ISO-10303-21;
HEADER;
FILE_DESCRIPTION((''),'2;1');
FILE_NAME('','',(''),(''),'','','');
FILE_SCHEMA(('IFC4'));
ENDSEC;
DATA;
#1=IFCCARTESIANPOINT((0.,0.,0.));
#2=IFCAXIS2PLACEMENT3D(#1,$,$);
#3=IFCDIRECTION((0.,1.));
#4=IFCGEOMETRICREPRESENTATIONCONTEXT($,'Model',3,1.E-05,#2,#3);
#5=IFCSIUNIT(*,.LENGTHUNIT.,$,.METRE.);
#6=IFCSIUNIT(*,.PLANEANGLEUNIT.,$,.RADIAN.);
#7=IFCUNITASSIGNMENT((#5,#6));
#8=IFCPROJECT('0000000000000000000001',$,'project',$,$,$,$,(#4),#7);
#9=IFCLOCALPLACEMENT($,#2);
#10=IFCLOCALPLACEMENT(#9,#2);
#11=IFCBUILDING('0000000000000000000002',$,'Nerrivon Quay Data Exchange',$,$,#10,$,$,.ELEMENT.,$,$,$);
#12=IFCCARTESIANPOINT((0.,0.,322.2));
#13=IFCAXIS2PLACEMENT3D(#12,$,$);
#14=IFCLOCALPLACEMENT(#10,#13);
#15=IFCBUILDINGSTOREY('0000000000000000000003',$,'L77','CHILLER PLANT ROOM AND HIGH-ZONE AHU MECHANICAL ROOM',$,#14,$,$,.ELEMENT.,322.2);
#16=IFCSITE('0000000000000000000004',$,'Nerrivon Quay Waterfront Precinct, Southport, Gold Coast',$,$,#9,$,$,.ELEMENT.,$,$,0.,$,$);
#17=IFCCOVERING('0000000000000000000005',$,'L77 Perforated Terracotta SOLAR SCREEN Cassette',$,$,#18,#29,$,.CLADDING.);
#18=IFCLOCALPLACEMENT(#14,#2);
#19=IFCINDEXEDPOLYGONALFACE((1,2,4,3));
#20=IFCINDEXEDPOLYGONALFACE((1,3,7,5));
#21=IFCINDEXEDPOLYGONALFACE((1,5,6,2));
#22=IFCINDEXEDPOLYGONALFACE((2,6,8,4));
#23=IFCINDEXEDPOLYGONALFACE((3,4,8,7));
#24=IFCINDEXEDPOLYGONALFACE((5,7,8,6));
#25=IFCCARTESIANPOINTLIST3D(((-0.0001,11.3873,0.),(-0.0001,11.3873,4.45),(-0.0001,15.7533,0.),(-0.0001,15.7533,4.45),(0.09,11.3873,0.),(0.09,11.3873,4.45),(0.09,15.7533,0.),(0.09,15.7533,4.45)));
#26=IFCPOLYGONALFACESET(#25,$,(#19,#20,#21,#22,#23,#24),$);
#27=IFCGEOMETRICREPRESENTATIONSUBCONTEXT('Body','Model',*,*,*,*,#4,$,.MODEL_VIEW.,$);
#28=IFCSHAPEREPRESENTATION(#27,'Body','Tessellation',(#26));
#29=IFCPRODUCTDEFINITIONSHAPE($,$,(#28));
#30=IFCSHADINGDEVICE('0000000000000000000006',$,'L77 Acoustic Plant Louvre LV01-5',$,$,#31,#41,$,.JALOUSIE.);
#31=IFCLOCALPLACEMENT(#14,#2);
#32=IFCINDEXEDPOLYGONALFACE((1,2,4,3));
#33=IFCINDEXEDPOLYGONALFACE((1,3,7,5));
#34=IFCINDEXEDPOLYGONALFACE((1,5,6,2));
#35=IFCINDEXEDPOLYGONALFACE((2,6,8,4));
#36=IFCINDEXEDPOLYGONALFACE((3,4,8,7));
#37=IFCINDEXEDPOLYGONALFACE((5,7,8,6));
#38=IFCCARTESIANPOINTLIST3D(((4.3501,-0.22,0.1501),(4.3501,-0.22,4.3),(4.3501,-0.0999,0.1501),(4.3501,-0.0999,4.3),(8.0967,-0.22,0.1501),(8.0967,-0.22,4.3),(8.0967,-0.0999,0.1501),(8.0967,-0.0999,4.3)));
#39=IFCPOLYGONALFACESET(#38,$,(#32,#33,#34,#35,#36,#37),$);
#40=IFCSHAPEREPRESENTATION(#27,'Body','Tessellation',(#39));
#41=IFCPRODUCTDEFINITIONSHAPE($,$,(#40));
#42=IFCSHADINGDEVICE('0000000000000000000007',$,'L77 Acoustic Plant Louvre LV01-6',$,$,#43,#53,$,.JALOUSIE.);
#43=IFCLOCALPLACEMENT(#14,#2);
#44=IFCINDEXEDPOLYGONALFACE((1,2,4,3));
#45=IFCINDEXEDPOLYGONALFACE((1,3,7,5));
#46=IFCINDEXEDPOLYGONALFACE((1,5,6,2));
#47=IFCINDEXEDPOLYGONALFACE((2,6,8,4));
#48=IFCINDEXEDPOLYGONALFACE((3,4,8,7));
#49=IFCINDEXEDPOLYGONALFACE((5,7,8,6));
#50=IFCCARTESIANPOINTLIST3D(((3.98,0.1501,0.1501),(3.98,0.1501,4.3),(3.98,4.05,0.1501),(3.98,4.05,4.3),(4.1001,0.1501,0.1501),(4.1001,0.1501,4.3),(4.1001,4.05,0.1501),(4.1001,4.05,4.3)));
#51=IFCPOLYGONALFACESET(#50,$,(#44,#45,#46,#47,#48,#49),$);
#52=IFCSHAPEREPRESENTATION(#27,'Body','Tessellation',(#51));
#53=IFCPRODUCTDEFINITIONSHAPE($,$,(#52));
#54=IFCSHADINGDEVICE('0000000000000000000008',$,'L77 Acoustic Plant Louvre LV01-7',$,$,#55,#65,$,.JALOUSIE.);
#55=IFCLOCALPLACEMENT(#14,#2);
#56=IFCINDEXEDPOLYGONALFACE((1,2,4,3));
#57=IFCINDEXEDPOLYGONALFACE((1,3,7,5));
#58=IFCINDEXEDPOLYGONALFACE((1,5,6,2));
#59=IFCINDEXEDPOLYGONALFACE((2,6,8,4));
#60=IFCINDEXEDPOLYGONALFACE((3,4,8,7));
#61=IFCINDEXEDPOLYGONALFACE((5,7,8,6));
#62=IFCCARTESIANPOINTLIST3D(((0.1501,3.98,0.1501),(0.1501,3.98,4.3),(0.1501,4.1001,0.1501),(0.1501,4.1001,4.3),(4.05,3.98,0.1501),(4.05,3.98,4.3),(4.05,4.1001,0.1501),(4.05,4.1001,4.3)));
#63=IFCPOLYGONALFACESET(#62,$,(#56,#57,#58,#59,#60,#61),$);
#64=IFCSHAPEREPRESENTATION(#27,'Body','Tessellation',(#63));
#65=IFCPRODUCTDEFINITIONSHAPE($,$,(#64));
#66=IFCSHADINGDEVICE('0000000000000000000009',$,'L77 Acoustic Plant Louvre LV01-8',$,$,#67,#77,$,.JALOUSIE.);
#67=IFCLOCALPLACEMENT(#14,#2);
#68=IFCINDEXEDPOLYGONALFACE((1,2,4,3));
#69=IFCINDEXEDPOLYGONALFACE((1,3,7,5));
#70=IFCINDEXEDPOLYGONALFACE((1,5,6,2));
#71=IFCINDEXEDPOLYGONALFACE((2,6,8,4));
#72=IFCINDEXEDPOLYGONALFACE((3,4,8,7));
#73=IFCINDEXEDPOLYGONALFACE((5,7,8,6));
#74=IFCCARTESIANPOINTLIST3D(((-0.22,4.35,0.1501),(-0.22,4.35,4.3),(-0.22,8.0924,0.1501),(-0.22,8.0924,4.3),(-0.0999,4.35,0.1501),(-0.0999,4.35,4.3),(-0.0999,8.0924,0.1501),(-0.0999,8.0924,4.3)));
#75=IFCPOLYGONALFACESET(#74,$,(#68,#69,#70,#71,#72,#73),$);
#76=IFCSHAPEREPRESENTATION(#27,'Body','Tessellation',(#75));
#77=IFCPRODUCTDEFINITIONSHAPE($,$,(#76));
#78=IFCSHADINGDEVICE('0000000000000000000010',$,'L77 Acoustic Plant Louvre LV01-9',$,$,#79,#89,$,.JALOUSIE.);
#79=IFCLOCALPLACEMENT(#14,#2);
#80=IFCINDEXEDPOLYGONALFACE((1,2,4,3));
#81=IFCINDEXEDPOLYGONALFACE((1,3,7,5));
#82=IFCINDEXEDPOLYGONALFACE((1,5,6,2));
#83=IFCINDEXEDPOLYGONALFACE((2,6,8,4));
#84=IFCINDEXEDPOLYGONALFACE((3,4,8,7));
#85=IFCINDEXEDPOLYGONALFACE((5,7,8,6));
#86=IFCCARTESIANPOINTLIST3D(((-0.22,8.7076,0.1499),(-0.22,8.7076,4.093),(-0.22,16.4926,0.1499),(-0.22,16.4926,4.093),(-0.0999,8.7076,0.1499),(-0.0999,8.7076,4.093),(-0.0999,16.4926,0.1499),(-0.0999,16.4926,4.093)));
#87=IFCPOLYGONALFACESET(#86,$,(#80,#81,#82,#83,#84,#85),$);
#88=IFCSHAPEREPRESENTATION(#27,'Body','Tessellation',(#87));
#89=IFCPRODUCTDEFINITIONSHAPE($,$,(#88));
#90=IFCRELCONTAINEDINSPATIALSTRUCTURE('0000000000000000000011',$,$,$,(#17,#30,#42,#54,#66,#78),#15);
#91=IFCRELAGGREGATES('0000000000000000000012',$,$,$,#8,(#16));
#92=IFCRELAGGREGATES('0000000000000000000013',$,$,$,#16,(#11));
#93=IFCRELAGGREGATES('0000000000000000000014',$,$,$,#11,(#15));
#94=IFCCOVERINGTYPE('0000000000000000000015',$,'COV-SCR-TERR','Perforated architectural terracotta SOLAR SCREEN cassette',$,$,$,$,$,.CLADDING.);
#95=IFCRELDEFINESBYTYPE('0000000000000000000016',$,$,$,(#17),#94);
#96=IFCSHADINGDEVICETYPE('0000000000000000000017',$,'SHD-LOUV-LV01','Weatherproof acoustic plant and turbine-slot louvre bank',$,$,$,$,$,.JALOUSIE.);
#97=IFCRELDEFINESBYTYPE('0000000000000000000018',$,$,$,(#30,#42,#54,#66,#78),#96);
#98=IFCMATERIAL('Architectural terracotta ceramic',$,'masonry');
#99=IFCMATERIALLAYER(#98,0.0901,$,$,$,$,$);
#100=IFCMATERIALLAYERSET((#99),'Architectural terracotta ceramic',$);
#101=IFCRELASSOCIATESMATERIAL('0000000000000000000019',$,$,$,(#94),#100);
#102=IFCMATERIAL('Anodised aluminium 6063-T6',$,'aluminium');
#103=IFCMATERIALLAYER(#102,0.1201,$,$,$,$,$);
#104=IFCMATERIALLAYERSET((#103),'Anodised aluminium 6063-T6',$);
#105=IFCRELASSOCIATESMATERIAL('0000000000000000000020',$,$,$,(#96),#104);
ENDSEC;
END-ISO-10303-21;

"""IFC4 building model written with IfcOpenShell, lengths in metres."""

from ifc_helpers import new_model, si_unit, direction, frame, origin, origin_2d, place, context, subcontext, project, spatial, rectangle, extrude, material, layer, layer_set, type_object, element, save


model = new_model("IFC4")

# Units and contexts
model_context = context("Model", 3, precision=1e-05, world=origin(), true_north=direction((0.0, 1.0)))
body_context = subcontext(model_context, "Body", "Model", "MODEL_VIEW")
ifc_project = project(units=[si_unit("LENGTHUNIT", "METRE"), si_unit("PLANEANGLEUNIT", "RADIAN")], contexts=[model_context])

# Site, building, storey
site_placement = place(None, origin())
site = spatial("IfcSite", under=ifc_project, at=site_placement, Name="Nerrivon Quay Waterfront Precinct, Southport, Gold Coast", CompositionType="ELEMENT", RefElevation=0.0)
building_placement = place(site_placement, origin())
building = spatial("IfcBuilding", under=site, at=building_placement, Name="Nerrivon Quay Data Exchange", CompositionType="ELEMENT")
storey_placement = place(building_placement, frame((0.0, 0.0, 322.2)))
storey = spatial("IfcBuildingStorey", under=building, at=storey_placement, Name="L77", Description="CHILLER PLANT ROOM AND HIGH-ZONE AHU MECHANICAL ROOM", CompositionType="ELEMENT", Elevation=322.2)

# Covering
ifc_material_1 = material(Name="Architectural terracotta ceramic", Category="masonry")
ifc_layer_1 = layer(ifc_material_1, 0.0901)
ifc_layer_set_1 = layer_set([ifc_layer_1], Name="Architectural terracotta ceramic")
covering_type = type_object("IfcCoveringType", Name="COV-SCR-TERR", Description="Perforated architectural terracotta SOLAR SCREEN cassette", PredefinedType="CLADDING", material=ifc_layer_set_1)
covering_1_placement = place(storey_placement, frame((0.0449, 13.5703, 0.0), z_axis=(0.0, 0.0, 1.0), x_axis=(0.0, 1.0, 0.0)))
element("IfcCovering", 1, at=covering_1_placement, inside=storey, type_object=covering_type, Name="L77 Perforated Terracotta SOLAR SCREEN Cassette", PredefinedType="CLADDING", context=body_context, shape_type="SweptSolid", body=[
    extrude(rectangle(XDim=4.366, YDim=0.0901, at=origin_2d()), origin(), (0.0, 0.0, 1.0), 4.45),
])

# Shading devices
ifc_material_2 = material(Name="Anodised aluminium 6063-T6", Category="aluminium")
ifc_layer_2 = layer(ifc_material_2, 0.1201)
ifc_layer_set_2 = layer_set([ifc_layer_2], Name="Anodised aluminium 6063-T6")
shading_device_type = type_object("IfcShadingDeviceType", Name="SHD-LOUV-LV01", Description="Weatherproof acoustic plant and turbine-slot louvre bank", PredefinedType="JALOUSIE", material=ifc_layer_set_2)
shading_device_1_placement = place(storey_placement, frame((6.2234, -0.1599, 0.1501), z_axis=(0.0, 0.0, 1.0), x_axis=(-1.0, 0.0, 0.0)))
element("IfcShadingDevice", 2, at=shading_device_1_placement, inside=storey, type_object=shading_device_type, Name="L77 Acoustic Plant Louvre LV01-5", PredefinedType="JALOUSIE", context=body_context, shape_type="SweptSolid", body=[
    extrude(rectangle(XDim=3.7466, YDim=0.1201, at=origin_2d()), origin(), (0.0, 0.0, 1.0), 4.1499),
])
for number, where, z_axis, x_axis, name in (
    (3, (4.04, 2.1001, 0.1501), (0.0, 0.0, 1.0), (0.0, 1.0, 0.0), "L77 Acoustic Plant Louvre LV01-6"),
    (4, (2.1001, 4.04, 0.1501), (0.0, 0.0, 1.0), (-1.0, 0.0, 0.0), "L77 Acoustic Plant Louvre LV01-7"),
):
    element("IfcShadingDevice", number, at=place(storey_placement, frame(where, z_axis=z_axis, x_axis=x_axis)), inside=storey, type_object=shading_device_type, Name=name, PredefinedType="JALOUSIE", context=body_context, shape_type="SweptSolid", body=[
        extrude(rectangle(XDim=3.8999, YDim=0.1201, at=origin_2d()), origin(), (0.0, 0.0, 1.0), 4.1499),
    ])
shading_device_2_placement = place(storey_placement, frame((-0.1599, 6.2212, 0.1501), z_axis=(0.0, 0.0, 1.0), x_axis=(0.0, 1.0, 0.0)))
element("IfcShadingDevice", 5, at=shading_device_2_placement, inside=storey, type_object=shading_device_type, Name="L77 Acoustic Plant Louvre LV01-8", PredefinedType="JALOUSIE", context=body_context, shape_type="SweptSolid", body=[
    extrude(rectangle(XDim=3.7424, YDim=0.1201, at=origin_2d()), origin(), (0.0, 0.0, 1.0), 4.1499),
])
shading_device_3_placement = place(storey_placement, frame((-0.1599, 12.6001, 0.1499), z_axis=(0.0, 0.0, 1.0), x_axis=(0.0, 1.0, 0.0)))
element("IfcShadingDevice", 6, at=shading_device_3_placement, inside=storey, type_object=shading_device_type, Name="L77 Acoustic Plant Louvre LV01-9", PredefinedType="JALOUSIE", context=body_context, shape_type="SweptSolid", body=[
    extrude(rectangle(XDim=7.7849, YDim=0.1201, at=origin_2d()), origin(), (0.0, 0.0, 1.0), 3.9431),
])

save(model, "model.ifc")
